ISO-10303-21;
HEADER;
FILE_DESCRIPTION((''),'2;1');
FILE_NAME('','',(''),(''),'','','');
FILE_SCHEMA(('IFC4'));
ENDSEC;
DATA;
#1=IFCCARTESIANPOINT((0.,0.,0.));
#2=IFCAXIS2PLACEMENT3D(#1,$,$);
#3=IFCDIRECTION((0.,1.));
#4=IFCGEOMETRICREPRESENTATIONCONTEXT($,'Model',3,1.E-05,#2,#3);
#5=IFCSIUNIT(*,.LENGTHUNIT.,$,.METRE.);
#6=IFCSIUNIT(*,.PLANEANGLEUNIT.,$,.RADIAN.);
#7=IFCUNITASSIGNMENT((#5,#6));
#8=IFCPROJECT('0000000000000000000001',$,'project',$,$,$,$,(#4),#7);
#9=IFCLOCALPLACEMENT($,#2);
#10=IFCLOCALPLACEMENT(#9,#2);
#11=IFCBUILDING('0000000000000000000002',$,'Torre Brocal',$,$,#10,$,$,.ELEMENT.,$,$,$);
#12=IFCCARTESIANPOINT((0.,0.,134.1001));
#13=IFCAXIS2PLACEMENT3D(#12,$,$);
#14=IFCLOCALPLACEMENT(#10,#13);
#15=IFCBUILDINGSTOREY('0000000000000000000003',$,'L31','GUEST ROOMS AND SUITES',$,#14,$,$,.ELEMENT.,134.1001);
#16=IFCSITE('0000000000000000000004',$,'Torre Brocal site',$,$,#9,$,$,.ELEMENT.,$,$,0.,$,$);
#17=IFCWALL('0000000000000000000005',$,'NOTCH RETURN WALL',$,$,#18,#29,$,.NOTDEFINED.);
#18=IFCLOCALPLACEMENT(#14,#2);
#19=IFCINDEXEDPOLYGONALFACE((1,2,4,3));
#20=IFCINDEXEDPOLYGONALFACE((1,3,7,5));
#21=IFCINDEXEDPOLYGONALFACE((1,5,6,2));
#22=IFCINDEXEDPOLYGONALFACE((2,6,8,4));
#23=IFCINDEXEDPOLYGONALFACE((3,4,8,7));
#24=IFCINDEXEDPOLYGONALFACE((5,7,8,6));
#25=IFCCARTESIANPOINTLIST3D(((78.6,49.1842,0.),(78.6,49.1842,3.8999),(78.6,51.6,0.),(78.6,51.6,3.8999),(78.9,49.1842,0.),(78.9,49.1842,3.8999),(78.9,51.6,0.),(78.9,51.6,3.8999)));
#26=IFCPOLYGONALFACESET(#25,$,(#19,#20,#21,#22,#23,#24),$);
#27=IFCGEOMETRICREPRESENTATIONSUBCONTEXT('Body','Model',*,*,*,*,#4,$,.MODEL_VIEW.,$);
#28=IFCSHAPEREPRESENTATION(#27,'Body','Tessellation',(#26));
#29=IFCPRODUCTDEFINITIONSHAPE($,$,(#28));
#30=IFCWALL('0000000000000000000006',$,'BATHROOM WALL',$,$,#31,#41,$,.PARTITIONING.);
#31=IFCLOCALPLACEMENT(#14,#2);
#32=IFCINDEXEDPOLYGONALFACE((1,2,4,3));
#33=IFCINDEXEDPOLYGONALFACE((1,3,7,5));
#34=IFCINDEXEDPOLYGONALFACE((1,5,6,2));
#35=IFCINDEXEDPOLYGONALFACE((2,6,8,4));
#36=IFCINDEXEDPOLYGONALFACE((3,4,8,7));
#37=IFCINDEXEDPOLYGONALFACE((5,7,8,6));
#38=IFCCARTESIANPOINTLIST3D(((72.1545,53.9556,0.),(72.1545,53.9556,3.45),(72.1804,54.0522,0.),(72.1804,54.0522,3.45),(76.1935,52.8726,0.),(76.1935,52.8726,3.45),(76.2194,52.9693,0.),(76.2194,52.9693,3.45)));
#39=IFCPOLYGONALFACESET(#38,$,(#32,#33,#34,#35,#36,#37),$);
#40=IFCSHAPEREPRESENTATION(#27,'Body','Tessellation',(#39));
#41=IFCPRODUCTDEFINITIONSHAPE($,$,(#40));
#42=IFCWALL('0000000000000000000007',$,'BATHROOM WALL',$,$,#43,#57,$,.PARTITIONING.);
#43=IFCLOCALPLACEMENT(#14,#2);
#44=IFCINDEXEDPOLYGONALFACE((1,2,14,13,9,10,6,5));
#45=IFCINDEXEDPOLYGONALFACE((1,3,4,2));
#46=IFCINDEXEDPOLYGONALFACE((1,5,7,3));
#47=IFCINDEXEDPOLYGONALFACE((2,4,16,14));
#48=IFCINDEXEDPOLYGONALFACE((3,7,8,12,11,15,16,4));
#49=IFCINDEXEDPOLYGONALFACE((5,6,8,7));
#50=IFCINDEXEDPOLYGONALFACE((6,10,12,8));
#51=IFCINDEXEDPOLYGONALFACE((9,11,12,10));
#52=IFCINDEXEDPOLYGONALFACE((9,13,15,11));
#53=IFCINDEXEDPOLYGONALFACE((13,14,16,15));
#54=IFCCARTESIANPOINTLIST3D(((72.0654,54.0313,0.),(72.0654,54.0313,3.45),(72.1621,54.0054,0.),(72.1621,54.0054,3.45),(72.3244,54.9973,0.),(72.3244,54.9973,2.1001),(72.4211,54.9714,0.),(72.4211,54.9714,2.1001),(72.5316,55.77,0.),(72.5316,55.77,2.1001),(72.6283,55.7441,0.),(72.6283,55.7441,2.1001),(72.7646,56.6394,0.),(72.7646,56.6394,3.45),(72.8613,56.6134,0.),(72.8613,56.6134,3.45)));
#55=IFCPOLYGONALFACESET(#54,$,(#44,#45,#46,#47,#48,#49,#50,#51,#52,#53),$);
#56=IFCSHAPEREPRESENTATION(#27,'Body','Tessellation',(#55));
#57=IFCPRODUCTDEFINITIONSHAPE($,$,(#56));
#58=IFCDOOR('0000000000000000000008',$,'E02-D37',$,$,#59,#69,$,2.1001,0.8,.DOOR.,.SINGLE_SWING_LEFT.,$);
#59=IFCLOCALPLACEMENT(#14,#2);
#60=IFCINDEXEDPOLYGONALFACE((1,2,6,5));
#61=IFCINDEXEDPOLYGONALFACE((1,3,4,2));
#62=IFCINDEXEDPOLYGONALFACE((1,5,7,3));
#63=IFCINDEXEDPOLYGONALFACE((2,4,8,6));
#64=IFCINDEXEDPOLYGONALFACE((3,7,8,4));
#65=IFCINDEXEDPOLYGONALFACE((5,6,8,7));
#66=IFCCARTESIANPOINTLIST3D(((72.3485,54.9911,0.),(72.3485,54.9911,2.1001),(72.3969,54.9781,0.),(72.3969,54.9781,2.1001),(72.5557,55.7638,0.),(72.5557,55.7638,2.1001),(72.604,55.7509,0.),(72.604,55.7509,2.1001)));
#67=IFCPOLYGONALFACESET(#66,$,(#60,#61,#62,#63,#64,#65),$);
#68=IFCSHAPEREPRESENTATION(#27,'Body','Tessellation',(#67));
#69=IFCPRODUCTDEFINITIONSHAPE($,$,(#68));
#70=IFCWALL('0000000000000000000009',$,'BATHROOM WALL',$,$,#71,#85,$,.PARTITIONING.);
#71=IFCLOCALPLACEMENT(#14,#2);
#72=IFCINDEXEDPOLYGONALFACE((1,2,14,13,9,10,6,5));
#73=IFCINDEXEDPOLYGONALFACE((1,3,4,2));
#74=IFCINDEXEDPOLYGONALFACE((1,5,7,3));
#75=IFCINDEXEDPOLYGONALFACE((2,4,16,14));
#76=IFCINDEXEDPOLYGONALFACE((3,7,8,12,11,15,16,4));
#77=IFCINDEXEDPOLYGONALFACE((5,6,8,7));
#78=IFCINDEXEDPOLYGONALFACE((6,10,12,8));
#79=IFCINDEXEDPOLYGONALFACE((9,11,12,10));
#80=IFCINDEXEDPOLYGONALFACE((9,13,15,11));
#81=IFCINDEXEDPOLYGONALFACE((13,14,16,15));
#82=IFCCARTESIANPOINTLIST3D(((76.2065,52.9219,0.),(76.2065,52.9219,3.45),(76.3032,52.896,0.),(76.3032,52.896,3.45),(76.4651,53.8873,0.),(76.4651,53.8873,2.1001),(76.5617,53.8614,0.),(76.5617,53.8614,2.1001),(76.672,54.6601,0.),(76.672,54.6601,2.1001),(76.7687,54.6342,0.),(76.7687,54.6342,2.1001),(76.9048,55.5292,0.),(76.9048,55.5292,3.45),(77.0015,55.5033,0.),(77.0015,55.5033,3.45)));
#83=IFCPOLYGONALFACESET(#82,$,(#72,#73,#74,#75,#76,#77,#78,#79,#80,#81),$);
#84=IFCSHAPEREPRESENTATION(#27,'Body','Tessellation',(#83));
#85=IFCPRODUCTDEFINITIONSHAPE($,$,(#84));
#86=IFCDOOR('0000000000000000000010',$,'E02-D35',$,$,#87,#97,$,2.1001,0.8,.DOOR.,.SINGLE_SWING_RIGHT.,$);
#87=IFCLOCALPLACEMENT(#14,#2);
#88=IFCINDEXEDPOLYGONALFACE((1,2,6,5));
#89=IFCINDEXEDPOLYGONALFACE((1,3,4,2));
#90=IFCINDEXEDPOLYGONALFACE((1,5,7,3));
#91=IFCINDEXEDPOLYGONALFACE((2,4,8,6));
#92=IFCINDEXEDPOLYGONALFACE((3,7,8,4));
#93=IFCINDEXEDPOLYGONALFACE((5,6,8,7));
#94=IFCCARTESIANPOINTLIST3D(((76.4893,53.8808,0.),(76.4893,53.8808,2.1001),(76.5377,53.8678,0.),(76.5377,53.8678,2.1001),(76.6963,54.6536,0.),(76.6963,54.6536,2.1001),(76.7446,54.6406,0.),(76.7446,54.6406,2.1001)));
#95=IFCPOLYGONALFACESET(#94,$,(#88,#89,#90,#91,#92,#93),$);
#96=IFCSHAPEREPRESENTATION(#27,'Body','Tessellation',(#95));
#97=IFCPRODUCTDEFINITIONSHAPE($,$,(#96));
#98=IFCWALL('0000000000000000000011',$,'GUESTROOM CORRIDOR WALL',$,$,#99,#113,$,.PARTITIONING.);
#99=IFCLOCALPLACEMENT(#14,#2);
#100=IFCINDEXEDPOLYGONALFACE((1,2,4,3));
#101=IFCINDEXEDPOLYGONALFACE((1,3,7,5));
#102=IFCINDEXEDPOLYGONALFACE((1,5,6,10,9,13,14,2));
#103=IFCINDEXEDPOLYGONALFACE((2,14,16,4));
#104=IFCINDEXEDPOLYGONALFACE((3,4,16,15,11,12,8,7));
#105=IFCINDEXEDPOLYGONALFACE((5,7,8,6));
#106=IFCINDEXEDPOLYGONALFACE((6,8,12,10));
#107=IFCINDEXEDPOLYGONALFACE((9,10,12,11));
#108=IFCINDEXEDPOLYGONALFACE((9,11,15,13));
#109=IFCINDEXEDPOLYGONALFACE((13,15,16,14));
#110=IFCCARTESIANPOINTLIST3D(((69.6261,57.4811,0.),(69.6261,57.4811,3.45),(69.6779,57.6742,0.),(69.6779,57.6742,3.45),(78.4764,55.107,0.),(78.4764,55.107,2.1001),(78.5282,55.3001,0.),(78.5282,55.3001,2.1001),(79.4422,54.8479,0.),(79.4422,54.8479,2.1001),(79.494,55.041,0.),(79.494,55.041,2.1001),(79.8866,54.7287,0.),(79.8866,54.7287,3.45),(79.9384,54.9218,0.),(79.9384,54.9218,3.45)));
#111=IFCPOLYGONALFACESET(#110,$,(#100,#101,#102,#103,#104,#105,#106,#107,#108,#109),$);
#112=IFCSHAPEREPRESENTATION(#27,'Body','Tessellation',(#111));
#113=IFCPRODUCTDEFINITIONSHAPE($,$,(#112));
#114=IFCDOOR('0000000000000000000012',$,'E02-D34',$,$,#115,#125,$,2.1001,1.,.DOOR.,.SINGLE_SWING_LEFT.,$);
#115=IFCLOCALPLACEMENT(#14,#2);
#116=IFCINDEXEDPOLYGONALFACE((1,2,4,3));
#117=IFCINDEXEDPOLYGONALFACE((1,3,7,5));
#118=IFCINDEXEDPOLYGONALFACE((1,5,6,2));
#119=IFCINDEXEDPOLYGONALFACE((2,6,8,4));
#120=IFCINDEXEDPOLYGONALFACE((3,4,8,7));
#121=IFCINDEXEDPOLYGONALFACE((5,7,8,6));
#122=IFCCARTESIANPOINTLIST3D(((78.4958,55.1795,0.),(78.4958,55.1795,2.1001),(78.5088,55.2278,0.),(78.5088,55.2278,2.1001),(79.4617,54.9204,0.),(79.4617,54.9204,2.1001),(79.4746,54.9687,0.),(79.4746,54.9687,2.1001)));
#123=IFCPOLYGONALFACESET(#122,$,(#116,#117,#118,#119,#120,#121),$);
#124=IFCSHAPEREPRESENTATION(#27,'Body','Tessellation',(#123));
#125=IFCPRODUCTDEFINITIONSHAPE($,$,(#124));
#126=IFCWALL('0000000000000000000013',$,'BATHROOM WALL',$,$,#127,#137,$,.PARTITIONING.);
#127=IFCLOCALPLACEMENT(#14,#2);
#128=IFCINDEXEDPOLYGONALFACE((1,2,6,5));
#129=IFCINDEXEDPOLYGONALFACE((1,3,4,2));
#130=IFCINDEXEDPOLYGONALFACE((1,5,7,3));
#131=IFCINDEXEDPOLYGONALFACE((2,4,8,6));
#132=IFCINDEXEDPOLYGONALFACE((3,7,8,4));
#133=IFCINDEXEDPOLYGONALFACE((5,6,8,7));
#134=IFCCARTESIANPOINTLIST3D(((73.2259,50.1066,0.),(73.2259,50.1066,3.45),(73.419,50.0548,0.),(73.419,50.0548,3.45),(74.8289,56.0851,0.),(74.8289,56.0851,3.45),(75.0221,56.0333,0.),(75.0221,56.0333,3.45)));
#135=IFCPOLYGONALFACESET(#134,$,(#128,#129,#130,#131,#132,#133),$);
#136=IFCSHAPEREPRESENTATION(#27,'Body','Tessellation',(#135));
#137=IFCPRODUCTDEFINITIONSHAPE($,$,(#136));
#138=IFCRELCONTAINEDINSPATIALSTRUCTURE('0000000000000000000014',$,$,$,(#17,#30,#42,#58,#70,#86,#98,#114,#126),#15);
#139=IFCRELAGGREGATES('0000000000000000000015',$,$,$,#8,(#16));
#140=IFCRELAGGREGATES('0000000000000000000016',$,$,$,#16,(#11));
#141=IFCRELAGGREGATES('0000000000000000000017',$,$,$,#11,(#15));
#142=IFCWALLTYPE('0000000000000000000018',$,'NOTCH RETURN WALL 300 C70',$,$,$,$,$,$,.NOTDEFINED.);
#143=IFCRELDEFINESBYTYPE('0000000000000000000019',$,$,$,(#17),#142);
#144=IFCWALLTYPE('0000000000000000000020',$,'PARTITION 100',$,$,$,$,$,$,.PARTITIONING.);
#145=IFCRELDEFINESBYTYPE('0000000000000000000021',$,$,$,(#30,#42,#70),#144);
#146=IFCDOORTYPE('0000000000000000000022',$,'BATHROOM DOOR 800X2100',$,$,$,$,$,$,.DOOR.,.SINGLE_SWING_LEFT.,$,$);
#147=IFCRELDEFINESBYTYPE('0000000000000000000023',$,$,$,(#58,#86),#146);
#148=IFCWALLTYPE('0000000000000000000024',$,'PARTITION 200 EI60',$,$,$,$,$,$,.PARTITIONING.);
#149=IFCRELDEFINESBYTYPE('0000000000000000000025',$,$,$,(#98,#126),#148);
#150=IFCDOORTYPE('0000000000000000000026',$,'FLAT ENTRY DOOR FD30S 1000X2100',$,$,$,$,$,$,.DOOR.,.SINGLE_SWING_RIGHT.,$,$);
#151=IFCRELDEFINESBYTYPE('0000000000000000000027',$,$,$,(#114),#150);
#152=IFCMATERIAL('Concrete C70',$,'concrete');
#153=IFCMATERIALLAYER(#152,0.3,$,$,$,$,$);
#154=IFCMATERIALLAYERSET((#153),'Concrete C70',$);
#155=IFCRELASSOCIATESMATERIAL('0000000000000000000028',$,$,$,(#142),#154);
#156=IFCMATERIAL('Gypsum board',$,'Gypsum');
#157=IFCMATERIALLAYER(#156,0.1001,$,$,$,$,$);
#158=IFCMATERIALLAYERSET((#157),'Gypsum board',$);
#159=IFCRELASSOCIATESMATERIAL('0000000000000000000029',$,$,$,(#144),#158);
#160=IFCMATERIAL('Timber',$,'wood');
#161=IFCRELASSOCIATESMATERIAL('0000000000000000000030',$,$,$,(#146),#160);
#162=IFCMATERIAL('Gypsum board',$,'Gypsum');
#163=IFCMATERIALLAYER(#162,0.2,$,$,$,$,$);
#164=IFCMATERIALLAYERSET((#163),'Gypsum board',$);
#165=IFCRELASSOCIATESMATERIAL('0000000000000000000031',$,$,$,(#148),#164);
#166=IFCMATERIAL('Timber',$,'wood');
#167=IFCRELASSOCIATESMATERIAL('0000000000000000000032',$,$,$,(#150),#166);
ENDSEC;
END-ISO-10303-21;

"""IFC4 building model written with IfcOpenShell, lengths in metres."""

from ifc_helpers import new_model, si_unit, direction, frame, frame_2d, origin, place, context, subcontext, project, spatial, rectangle, extrude, material, layer, layer_set, type_object, element, fill, save


model = new_model("IFC4")

# Units and contexts
model_context = context("Model", 3, precision=1e-05, world=origin(), true_north=direction((0.0, 1.0)))
body_context = subcontext(model_context, "Body", "Model", "MODEL_VIEW")
ifc_project = project(units=[si_unit("LENGTHUNIT", "METRE"), si_unit("PLANEANGLEUNIT", "RADIAN")], contexts=[model_context])

# Site, building, storey
site_placement = place(None, origin())
site = spatial("IfcSite", under=ifc_project, at=site_placement, Name="Torre Brocal site", CompositionType="ELEMENT", RefElevation=0.0)
building_placement = place(site_placement, origin())
building = spatial("IfcBuilding", under=site, at=building_placement, Name="Torre Brocal", CompositionType="ELEMENT")
storey_placement = place(building_placement, frame((0.0, 0.0, 134.1001)))
storey = spatial("IfcBuildingStorey", under=building, at=storey_placement, Name="L31", Description="GUEST ROOMS AND SUITES", CompositionType="ELEMENT", Elevation=134.1001)

# Walls
ifc_material_1 = material(Name="Concrete C70", Category="concrete")
ifc_layer_1 = layer(ifc_material_1, 0.3)
ifc_layer_set_1 = layer_set([ifc_layer_1], Name="Concrete C70")
wall_type_1 = type_object("IfcWallType", Name="NOTCH RETURN WALL 300 C70", PredefinedType="NOTDEFINED", material=ifc_layer_set_1)
wall_1_placement = place(storey_placement, frame((78.75, 51.6001, 0.0), z_axis=(0.0, 0.0, 1.0), x_axis=(0.0, -1.0, 0.0)))
element("IfcWall", 1, at=wall_1_placement, inside=storey, type_object=wall_type_1, Name="NOTCH RETURN WALL", PredefinedType="NOTDEFINED", context=body_context, shape_type="SweptSolid", body=[
    extrude(rectangle(XDim=2.4158, YDim=0.3, at=frame_2d((1.208, 0.0))), origin(), (0.0, 0.0, 1.0), 3.8999),
])
ifc_material_2 = material(Name="Gypsum board", Category="Gypsum")
ifc_layer_2 = layer(ifc_material_2, 0.1001)
ifc_layer_set_2 = layer_set([ifc_layer_2], Name="Gypsum board")
wall_type_2 = type_object("IfcWallType", Name="PARTITION 100", PredefinedType="PARTITIONING", material=ifc_layer_set_2)
wall_2_placement = place(storey_placement, frame((72.1675, 54.0039, 0.0), z_axis=(0.0, 0.0, 1.0), x_axis=(0.965881, -0.258985, 0.0)))
element("IfcWall", 2, at=wall_2_placement, inside=storey, type_object=wall_type_2, Name="BATHROOM WALL", PredefinedType="PARTITIONING", context=body_context, shape_type="SweptSolid", body=[
    extrude(rectangle(XDim=4.1816, YDim=0.1001, at=frame_2d((2.0908, 0.0))), origin(), (0.0, 0.0, 1.0), 3.45),
])

# Walls, openings, doors
wall_3_placement = place(storey_placement, frame((72.1138, 54.0183, 0.0), z_axis=(0.0, 0.0, 1.0), x_axis=(0.258945, 0.965892, 0.0)))
wall_3 = element("IfcWall", 3, at=wall_3_placement, inside=storey, type_object=wall_type_2, Name="BATHROOM WALL", PredefinedType="PARTITIONING", context=body_context, shape_type="SweptSolid", body=[
    extrude(rectangle(XDim=2.7002, YDim=0.1001, at=frame_2d((1.3501, 0.0))), origin(), (0.0, 0.0, 1.0), 3.45),
])
opening_1_placement = place(wall_3_placement, frame((1.0002, 0.0, 0.0)))
opening_1 = element("IfcOpeningElement", 4, at=opening_1_placement, cuts=wall_3, PredefinedType="OPENING", context=body_context, shape_type="SweptSolid", body=[
    extrude(rectangle(XDim=0.8, YDim=2.1001, at=frame_2d((0.3999, 1.05))), frame((0.0, 0.0601, 0.0), z_axis=(0.0, -1.0, 0.0), x_axis=(1.0, 0.0, 0.0)), (0.0, 0.0, 1.0), 0.1201),
])
ifc_material_3 = material(Name="Timber", Category="wood")
door_type_1 = type_object("IfcDoorType", Name="BATHROOM DOOR 800X2100", OperationType="SINGLE_SWING_LEFT", PredefinedType="DOOR", material=ifc_material_3)
door_1_placement = place(opening_1_placement, frame((0.8, 0.0, 0.0), z_axis=(0.0, 0.0, 1.0), x_axis=(-1.0, 0.0, 0.0)))
door_1 = element("IfcDoor", 5, at=door_1_placement, inside=storey, type_object=door_type_1, Name="E02-D37", OperationType="SINGLE_SWING_LEFT", OverallHeight=2.1001, OverallWidth=0.8, PredefinedType="DOOR", context=body_context, shape_type="SweptSolid", body=[
    extrude(rectangle(XDim=0.8, YDim=2.1001, at=frame_2d((0.3999, 1.05))), frame((0.0, 0.0249, 0.0), z_axis=(0.0, -1.0, 0.0), x_axis=(1.0, 0.0, 0.0)), (0.0, 0.0, 1.0), 0.05),
])
fill(opening_1, door_1)
wall_4_placement = place(storey_placement, frame((76.2549, 52.9089, 0.0), z_axis=(0.0, 0.0, 1.0), x_axis=(0.258676, 0.965964, 0.0)))
wall_4 = element("IfcWall", 6, at=wall_4_placement, inside=storey, type_object=wall_type_2, Name="BATHROOM WALL", PredefinedType="PARTITIONING", context=body_context, shape_type="SweptSolid", body=[
    extrude(rectangle(XDim=2.6992, YDim=0.1001, at=frame_2d((1.3496, 0.0))), origin(), (0.0, 0.0, 1.0), 3.45),
])
opening_2_placement = place(wall_4_placement, frame((0.9995, 0.0, 0.0)))
opening_2 = element("IfcOpeningElement", 7, at=opening_2_placement, cuts=wall_4, PredefinedType="OPENING", context=body_context, shape_type="SweptSolid", body=[
    extrude(rectangle(XDim=0.8, YDim=2.1001, at=frame_2d((0.3999, 1.05))), frame((0.0, 0.0601, 0.0), z_axis=(0.0, -1.0, 0.0), x_axis=(1.0, 0.0, 0.0)), (0.0, 0.0, 1.0), 0.1201),
])
door_2_placement = place(opening_2_placement, origin())
door_2 = element("IfcDoor", 8, at=door_2_placement, inside=storey, type_object=door_type_1, Name="E02-D35", OperationType="SINGLE_SWING_RIGHT", OverallHeight=2.1001, OverallWidth=0.8, PredefinedType="DOOR", context=body_context, shape_type="SweptSolid", body=[
    extrude(rectangle(XDim=0.8, YDim=2.1001, at=frame_2d((0.3999, 1.05))), frame((0.0, 0.0249, 0.0), z_axis=(0.0, -1.0, 0.0), x_axis=(1.0, 0.0, 0.0)), (0.0, 0.0, 1.0), 0.05),
])
fill(opening_2, door_2)
ifc_material_4 = material(Name="Gypsum board", Category="Gypsum")
ifc_layer_3 = layer(ifc_material_4, 0.2)
ifc_layer_set_3 = layer_set([ifc_layer_3], Name="Gypsum board")
wall_type_3 = type_object("IfcWallType", Name="PARTITION 200 EI60", PredefinedType="PARTITIONING", material=ifc_layer_set_3)
wall_5_placement = place(storey_placement, frame((69.6521, 57.5776, 0.0), z_axis=(0.0, 0.0, 1.0), x_axis=(0.965852, -0.259096, 0.0)))
wall_5 = element("IfcWall", 9, at=wall_5_placement, inside=storey, type_object=wall_type_3, Name="GUESTROOM CORRIDOR WALL", PredefinedType="PARTITIONING", context=body_context, shape_type="SweptSolid", body=[
    extrude(rectangle(XDim=10.6233, YDim=0.2, at=frame_2d((5.3115, 0.0))), origin(), (0.0, 0.0, 1.0), 3.45),
])
opening_3_placement = place(wall_5_placement, frame((9.1631, 0.0, 0.0)))
opening_3 = element("IfcOpeningElement", 10, at=opening_3_placement, cuts=wall_5, PredefinedType="OPENING", context=body_context, shape_type="SweptSolid", body=[
    extrude(rectangle(XDim=1.0, YDim=2.1001, at=frame_2d((0.5, 1.05))), frame((0.0, 0.1099, 0.0), z_axis=(0.0, -1.0, 0.0), x_axis=(1.0, 0.0, 0.0)), (0.0, 0.0, 1.0), 0.22),
])
ifc_material_5 = material(Name="Timber", Category="wood")
door_type_2 = type_object("IfcDoorType", Name="FLAT ENTRY DOOR FD30S 1000X2100", OperationType="SINGLE_SWING_RIGHT", PredefinedType="DOOR", material=ifc_material_5)
door_3_placement = place(opening_3_placement, frame((1.0, 0.0, 0.0), z_axis=(0.0, 0.0, 1.0), x_axis=(-1.0, 0.0, 0.0)))
door_3 = element("IfcDoor", 11, at=door_3_placement, inside=storey, type_object=door_type_2, Name="E02-D34", OperationType="SINGLE_SWING_LEFT", OverallHeight=2.1001, OverallWidth=1.0, PredefinedType="DOOR", context=body_context, shape_type="SweptSolid", body=[
    extrude(rectangle(XDim=1.0, YDim=2.1001, at=frame_2d((0.5, 1.05))), frame((0.0, 0.0249, 0.0), z_axis=(0.0, -1.0, 0.0), x_axis=(1.0, 0.0, 0.0)), (0.0, 0.0, 1.0), 0.05),
])
fill(opening_3, door_3)

# Wall
wall_6_placement = place(storey_placement, frame((73.3225, 50.0808, 0.0), z_axis=(0.0, 0.0, 1.0), x_axis=(0.258983, 0.965882, 0.0)))
element("IfcWall", 12, at=wall_6_placement, inside=storey, type_object=wall_type_3, Name="BATHROOM WALL", PredefinedType="PARTITIONING", context=body_context, shape_type="SweptSolid", body=[
    extrude(rectangle(XDim=6.1897, YDim=0.2, at=frame_2d((3.0947, 0.0))), origin(), (0.0, 0.0, 1.0), 3.45),
])

save(model, "model.ifc")
